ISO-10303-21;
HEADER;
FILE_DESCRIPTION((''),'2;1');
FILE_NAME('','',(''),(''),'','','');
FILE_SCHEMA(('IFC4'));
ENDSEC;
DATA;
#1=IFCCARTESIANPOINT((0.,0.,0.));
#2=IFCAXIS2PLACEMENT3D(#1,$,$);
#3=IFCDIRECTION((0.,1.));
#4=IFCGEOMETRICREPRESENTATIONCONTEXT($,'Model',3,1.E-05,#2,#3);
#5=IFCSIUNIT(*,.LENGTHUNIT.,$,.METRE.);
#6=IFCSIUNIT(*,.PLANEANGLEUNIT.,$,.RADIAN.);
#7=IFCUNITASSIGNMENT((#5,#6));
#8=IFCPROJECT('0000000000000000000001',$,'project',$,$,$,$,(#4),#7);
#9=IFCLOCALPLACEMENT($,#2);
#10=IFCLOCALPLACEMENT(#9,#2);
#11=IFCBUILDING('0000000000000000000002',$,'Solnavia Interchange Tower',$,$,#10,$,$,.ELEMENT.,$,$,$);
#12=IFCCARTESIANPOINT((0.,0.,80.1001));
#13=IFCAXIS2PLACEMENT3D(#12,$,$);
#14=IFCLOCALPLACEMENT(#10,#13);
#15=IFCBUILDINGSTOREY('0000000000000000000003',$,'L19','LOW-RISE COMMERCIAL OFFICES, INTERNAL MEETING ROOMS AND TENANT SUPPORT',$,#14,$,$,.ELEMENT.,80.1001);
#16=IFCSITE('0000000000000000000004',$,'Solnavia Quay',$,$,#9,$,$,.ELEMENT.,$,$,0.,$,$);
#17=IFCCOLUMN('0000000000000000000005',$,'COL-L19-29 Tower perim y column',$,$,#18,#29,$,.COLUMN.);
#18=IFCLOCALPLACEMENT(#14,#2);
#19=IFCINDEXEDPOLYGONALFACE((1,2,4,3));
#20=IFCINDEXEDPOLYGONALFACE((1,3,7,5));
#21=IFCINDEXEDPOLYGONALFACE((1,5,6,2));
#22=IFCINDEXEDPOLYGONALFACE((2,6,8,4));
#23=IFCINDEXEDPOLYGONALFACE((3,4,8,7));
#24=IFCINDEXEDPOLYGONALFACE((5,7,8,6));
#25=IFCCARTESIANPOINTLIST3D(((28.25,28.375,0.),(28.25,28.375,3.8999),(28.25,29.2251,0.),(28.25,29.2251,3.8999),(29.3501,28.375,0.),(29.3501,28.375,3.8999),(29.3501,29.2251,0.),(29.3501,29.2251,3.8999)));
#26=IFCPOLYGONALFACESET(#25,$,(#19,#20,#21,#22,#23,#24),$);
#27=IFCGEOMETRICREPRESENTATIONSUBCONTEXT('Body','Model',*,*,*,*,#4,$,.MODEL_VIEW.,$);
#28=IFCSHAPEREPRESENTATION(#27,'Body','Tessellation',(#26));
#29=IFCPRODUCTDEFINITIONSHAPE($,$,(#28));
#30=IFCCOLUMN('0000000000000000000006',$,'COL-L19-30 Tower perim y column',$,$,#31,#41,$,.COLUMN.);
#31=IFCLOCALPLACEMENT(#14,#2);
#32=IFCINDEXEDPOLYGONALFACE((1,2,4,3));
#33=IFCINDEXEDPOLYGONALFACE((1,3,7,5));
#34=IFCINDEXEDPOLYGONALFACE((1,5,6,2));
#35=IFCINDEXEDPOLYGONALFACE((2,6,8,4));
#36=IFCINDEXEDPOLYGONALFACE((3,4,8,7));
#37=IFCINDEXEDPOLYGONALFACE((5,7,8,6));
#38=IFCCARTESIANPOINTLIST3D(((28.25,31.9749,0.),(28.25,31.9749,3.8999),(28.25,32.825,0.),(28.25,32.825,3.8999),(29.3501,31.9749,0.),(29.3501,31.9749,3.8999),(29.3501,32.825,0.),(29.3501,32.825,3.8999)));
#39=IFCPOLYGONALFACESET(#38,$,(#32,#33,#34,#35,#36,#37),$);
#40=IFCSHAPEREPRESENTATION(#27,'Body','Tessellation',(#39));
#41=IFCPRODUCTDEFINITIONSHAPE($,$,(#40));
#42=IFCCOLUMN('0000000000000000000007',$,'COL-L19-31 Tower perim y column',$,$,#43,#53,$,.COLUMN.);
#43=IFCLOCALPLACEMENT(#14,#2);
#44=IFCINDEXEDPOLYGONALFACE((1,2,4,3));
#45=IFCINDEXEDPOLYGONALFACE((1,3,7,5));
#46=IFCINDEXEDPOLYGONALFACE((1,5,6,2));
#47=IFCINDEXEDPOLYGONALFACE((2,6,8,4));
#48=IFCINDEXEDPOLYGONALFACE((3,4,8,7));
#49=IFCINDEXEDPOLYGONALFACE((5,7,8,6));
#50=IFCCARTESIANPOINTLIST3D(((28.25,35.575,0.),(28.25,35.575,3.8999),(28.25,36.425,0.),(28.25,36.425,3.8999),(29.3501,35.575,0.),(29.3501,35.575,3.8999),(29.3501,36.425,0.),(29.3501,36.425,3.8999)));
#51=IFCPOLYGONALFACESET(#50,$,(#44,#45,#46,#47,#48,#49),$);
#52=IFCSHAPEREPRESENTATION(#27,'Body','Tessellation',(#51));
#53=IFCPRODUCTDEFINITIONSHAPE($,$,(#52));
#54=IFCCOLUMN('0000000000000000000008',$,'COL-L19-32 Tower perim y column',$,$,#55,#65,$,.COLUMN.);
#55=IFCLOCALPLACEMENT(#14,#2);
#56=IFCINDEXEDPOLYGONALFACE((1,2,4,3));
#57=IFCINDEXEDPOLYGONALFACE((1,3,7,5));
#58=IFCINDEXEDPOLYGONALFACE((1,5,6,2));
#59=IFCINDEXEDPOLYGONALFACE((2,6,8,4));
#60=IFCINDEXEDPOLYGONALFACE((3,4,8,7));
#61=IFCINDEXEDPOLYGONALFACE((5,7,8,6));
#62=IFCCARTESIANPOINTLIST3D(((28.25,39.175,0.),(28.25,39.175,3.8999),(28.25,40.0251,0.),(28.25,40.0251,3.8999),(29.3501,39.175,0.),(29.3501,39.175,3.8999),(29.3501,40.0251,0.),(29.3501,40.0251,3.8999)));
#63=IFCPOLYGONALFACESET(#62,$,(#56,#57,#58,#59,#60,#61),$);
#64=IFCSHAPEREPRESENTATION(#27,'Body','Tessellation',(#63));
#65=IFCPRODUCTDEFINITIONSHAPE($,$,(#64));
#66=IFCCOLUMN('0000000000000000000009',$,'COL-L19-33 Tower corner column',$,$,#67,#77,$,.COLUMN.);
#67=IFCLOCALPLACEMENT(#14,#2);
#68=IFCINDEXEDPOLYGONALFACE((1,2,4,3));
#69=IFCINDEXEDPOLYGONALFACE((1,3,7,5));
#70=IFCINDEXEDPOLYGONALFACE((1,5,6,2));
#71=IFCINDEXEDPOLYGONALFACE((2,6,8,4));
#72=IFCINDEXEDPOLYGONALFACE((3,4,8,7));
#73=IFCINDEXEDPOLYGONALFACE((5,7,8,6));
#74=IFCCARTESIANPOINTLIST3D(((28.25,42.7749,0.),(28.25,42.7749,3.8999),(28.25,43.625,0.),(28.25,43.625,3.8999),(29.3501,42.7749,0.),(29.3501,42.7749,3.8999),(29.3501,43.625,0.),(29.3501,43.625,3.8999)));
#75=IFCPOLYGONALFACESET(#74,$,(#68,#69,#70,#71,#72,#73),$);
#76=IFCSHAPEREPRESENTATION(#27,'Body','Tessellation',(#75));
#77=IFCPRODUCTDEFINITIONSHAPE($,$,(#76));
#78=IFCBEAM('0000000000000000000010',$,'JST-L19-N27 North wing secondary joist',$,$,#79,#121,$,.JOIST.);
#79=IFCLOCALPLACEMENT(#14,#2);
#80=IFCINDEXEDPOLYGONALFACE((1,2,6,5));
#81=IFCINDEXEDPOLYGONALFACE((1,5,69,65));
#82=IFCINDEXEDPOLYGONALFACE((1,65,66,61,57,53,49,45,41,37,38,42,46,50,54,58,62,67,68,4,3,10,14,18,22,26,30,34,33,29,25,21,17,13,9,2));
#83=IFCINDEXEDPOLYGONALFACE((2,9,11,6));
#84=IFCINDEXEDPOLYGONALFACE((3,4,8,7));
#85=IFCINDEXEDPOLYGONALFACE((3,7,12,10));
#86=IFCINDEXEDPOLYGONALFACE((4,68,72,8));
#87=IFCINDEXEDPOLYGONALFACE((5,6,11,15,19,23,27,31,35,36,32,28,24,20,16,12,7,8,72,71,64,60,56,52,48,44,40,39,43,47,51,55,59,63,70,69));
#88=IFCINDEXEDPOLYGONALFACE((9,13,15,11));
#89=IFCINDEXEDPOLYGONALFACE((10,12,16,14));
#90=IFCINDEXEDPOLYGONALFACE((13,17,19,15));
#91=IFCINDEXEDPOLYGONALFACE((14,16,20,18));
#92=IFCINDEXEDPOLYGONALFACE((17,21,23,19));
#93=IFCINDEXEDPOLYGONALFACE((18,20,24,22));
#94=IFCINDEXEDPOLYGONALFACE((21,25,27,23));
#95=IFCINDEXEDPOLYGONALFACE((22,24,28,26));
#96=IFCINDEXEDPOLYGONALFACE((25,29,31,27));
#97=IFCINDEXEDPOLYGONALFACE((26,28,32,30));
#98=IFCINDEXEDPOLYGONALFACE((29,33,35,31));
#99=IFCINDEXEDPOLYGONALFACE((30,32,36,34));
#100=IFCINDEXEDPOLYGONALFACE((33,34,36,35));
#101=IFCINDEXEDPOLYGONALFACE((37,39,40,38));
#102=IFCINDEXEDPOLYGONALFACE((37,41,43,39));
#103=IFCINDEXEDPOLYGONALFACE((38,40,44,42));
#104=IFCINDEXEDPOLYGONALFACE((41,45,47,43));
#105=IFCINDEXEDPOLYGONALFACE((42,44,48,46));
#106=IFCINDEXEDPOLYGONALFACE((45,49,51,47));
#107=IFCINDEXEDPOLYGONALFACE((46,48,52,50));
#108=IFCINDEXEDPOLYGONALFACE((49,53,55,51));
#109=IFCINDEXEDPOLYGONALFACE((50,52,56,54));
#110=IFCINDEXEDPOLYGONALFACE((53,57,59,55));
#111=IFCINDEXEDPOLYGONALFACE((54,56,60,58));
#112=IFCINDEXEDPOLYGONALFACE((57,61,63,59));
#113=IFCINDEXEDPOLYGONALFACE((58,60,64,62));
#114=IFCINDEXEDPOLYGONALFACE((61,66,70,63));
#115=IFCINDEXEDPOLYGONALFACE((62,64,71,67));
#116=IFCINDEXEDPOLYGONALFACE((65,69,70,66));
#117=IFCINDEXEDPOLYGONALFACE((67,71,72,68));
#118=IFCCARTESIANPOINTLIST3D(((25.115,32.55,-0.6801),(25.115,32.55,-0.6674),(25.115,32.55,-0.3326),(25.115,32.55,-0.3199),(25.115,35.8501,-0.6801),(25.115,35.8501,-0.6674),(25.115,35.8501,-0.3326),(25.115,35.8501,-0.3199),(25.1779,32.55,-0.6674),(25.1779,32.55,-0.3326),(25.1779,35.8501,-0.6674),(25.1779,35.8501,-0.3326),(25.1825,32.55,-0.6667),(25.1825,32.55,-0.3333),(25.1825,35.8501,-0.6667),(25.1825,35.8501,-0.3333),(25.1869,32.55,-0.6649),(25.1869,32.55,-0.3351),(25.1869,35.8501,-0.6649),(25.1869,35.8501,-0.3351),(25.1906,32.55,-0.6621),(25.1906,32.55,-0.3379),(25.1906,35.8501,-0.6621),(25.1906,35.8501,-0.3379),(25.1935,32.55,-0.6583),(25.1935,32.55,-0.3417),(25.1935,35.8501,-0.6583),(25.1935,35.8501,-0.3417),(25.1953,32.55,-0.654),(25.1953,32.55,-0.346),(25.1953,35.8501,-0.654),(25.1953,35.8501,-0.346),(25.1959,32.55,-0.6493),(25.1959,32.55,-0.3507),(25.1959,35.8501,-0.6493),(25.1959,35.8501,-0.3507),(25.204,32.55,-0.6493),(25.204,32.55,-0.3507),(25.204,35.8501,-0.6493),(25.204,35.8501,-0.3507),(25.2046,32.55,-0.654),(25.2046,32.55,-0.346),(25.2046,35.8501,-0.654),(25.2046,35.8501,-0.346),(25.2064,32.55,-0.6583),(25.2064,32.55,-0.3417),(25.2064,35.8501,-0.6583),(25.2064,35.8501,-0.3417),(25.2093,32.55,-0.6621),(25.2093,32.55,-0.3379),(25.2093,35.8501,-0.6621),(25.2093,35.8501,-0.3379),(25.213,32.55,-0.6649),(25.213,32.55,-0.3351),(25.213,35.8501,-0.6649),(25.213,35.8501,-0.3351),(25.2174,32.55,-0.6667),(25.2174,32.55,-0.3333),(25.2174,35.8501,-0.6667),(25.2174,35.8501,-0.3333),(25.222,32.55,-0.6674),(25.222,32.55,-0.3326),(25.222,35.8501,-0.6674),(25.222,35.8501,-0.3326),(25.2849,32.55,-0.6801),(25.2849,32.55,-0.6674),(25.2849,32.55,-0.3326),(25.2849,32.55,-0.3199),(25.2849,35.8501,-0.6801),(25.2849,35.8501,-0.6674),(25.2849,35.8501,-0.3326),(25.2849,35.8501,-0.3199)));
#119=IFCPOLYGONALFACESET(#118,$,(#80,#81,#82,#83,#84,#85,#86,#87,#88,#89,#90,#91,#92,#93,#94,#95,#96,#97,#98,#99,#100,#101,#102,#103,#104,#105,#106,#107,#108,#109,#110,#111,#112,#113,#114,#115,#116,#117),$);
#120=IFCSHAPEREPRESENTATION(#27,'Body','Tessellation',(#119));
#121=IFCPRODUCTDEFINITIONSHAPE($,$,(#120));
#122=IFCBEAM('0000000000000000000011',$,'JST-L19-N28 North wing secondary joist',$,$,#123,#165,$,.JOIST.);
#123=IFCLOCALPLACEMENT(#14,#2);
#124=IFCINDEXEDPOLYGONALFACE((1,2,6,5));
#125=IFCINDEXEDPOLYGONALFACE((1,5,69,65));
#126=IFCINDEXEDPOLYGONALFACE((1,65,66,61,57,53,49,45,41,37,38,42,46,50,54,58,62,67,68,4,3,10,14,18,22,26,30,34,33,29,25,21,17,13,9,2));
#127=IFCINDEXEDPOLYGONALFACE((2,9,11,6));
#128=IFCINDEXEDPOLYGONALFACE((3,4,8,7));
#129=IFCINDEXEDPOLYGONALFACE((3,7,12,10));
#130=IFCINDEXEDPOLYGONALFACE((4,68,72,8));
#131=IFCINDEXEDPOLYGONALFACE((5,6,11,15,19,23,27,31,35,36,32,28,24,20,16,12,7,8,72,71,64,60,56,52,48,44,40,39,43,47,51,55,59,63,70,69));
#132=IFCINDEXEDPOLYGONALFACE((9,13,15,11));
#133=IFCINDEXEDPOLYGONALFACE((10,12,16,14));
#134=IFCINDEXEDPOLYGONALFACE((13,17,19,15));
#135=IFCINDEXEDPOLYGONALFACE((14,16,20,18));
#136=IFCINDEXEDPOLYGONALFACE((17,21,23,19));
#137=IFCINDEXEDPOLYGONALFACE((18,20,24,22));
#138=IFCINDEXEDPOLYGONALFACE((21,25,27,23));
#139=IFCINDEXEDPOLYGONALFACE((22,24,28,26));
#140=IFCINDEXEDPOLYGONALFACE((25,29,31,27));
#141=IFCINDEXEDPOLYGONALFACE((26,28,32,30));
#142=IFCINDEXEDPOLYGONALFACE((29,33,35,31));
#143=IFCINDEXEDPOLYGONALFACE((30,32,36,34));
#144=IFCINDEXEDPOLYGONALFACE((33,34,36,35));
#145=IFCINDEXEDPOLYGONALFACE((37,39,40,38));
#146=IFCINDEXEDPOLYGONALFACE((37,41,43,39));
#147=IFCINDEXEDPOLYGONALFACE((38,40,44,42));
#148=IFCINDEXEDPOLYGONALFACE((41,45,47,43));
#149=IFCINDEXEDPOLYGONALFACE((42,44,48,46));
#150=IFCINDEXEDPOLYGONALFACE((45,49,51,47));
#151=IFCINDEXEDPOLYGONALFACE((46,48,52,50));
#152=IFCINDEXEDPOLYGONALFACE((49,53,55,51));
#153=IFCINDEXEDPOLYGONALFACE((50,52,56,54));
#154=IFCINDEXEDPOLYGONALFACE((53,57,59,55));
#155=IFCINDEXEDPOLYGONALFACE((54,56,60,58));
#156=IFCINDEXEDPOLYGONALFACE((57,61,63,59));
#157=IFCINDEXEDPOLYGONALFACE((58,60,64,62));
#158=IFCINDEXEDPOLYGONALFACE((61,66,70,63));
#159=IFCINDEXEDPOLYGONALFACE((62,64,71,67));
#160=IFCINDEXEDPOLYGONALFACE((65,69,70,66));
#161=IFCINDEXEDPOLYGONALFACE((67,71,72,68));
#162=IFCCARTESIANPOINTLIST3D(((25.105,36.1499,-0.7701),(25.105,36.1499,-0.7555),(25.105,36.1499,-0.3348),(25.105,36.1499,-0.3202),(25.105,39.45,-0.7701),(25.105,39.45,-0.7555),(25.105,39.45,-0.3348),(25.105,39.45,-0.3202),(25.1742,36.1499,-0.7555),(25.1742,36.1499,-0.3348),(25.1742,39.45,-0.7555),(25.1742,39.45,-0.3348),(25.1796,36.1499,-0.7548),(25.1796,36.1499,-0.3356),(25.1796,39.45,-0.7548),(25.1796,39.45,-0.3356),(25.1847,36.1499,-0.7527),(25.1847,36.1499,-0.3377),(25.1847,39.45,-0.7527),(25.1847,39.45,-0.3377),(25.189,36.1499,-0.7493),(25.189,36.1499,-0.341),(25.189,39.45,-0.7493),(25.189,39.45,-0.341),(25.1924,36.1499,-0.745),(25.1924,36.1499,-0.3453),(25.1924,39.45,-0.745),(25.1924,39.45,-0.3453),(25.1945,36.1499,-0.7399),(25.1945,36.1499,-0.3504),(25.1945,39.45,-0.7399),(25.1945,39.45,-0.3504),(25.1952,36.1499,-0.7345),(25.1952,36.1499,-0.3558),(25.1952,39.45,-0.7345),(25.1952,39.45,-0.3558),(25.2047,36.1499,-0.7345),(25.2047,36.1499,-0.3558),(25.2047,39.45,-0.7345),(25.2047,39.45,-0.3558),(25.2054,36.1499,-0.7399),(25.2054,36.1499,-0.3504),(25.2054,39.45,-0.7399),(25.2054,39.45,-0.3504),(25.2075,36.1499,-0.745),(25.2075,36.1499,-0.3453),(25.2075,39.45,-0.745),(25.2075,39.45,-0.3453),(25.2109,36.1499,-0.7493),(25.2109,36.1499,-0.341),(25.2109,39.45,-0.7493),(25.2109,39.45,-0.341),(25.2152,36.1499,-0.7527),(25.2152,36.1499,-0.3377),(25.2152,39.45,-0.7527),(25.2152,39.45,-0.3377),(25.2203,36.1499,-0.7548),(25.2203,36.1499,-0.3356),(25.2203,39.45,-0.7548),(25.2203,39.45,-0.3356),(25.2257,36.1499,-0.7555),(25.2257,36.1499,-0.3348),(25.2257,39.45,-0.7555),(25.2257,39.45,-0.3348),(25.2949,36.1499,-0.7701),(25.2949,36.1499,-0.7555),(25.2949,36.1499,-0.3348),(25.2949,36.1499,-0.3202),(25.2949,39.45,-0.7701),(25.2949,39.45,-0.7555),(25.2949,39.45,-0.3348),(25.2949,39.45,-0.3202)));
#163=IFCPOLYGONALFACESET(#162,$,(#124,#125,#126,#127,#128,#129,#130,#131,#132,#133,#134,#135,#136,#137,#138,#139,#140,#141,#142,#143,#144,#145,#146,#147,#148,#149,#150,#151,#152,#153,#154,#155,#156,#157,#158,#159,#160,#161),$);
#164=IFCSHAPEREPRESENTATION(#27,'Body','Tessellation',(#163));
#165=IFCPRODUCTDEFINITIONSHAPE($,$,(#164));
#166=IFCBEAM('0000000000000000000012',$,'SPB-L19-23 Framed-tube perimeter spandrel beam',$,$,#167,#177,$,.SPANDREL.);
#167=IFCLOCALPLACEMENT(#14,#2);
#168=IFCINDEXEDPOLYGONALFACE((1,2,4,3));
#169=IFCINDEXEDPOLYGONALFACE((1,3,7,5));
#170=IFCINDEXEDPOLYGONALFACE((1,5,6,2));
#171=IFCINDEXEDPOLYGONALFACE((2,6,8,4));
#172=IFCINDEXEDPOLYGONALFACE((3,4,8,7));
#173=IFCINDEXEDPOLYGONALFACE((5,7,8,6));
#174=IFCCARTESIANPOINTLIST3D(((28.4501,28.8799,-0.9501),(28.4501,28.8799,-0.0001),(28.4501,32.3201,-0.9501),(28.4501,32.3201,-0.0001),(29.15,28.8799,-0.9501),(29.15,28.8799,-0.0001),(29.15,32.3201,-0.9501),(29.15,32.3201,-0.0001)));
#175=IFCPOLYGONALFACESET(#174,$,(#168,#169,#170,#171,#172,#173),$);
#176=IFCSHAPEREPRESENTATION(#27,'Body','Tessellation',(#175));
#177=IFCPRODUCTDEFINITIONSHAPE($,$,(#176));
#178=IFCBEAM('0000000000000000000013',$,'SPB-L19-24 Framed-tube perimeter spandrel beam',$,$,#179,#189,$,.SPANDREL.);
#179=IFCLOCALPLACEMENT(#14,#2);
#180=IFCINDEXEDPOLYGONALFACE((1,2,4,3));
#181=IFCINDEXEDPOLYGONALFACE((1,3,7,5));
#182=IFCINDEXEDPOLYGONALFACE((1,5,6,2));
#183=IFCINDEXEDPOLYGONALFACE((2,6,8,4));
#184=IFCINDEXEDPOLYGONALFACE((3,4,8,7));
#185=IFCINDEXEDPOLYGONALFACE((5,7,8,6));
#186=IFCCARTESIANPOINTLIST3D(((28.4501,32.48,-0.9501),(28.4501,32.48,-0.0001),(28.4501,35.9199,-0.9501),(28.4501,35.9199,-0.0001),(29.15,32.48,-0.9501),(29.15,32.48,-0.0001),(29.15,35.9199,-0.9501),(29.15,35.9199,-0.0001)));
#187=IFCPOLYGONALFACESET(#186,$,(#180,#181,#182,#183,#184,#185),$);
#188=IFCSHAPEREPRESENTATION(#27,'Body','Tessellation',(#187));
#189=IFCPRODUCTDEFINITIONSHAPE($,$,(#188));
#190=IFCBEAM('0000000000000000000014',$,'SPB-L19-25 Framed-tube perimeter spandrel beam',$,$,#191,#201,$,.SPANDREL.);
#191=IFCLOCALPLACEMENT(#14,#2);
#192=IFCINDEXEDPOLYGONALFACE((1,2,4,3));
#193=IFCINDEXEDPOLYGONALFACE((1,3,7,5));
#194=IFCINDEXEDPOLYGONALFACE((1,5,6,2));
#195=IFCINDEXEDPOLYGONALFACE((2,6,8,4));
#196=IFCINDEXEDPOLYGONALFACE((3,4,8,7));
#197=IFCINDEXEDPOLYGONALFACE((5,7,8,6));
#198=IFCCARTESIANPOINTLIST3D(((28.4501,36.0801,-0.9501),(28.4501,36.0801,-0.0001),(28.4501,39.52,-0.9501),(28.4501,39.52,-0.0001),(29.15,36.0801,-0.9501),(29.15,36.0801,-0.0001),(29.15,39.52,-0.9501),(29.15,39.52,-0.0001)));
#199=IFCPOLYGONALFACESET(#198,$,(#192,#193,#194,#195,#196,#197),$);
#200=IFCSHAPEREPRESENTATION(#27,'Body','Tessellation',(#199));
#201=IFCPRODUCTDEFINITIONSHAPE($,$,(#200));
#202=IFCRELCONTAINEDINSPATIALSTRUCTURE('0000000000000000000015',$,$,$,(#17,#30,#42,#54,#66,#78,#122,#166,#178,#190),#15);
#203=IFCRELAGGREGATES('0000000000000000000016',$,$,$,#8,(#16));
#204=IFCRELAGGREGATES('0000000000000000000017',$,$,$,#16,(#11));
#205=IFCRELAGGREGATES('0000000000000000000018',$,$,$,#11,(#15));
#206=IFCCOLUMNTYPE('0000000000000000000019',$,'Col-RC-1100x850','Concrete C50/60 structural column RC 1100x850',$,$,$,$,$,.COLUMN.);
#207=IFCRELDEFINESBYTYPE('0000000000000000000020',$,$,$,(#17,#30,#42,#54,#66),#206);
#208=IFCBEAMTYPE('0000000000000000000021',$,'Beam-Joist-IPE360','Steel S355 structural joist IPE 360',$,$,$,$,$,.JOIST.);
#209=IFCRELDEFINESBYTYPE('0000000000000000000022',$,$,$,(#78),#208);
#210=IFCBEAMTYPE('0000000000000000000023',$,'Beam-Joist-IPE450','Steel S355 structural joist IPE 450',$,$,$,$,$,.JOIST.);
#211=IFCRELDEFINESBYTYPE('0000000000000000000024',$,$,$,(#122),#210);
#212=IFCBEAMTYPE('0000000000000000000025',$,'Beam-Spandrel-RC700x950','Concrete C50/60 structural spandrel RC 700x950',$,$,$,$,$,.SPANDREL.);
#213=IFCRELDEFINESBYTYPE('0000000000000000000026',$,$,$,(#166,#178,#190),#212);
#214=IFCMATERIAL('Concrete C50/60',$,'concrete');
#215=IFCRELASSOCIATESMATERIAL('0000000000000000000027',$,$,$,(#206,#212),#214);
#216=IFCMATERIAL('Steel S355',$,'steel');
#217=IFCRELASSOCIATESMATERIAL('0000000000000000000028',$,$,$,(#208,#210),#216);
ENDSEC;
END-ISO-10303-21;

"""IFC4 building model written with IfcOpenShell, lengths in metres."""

from ifc_helpers import new_model, si_unit, direction, frame, origin, origin_2d, place, context, subcontext, project, spatial, rectangle, i_section, extrude, material, material_profile, profile_set, type_object, element, save


model = new_model("IFC4")

# Units and contexts
model_context = context("Model", 3, precision=1e-05, world=origin(), true_north=direction((0.0, 1.0)))
body_context = subcontext(model_context, "Body", "Model", "MODEL_VIEW")
ifc_project = project(units=[si_unit("LENGTHUNIT", "METRE"), si_unit("PLANEANGLEUNIT", "RADIAN")], contexts=[model_context])

# Site, building, storey
site_placement = place(None, origin())
site = spatial("IfcSite", under=ifc_project, at=site_placement, Name="Solnavia Quay", CompositionType="ELEMENT", RefElevation=0.0)
building_placement = place(site_placement, origin())
building = spatial("IfcBuilding", under=site, at=building_placement, Name="Solnavia Interchange Tower", CompositionType="ELEMENT")
storey_placement = place(building_placement, frame((0.0, 0.0, 80.1001)))
storey = spatial("IfcBuildingStorey", under=building, at=storey_placement, Name="L19", Description="LOW-RISE COMMERCIAL OFFICES, INTERNAL MEETING ROOMS AND TENANT SUPPORT", CompositionType="ELEMENT", Elevation=80.1001)

# Columns
ifc_material_1 = material(Name="Concrete C50/60", Category="concrete")
ifc_material_profile_1 = material_profile(ifc_material_1, rectangle(XDim=0.8501, YDim=1.1001, at=origin_2d()), Name="RC 1100x850")
ifc_profile_set_1 = profile_set([ifc_material_profile_1], Name="Concrete C50/60")
column_type = type_object("IfcColumnType", Name="Col-RC-1100x850", Description="Concrete C50/60 structural column RC 1100x850", PredefinedType="COLUMN", material=ifc_profile_set_1)
for number, where, z_axis, x_axis, name in (
    (1, (28.8, 28.8, 0.0), (0.0, 0.0, 1.0), (0.0, 1.0, 0.0), "COL-L19-29 Tower perim y column"),
    (2, (28.8, 32.3999, 0.0), (0.0, 0.0, 1.0), (0.0, 1.0, 0.0), "COL-L19-30 Tower perim y column"),
    (3, (28.8, 36.0, 0.0), (0.0, 0.0, 1.0), (0.0, 1.0, 0.0), "COL-L19-31 Tower perim y column"),
    (4, (28.8, 39.6001, 0.0), (0.0, 0.0, 1.0), (0.0, 1.0, 0.0), "COL-L19-32 Tower perim y column"),
    (5, (28.8, 43.2, 0.0), (0.0, 0.0, 1.0), (0.0, 1.0, 0.0), "COL-L19-33 Tower corner column"),
):
    element("IfcColumn", number, at=place(storey_placement, frame(where, z_axis=z_axis, x_axis=x_axis)), inside=storey, type_object=column_type, Name=name, PredefinedType="COLUMN", context=body_context, shape_type="SweptSolid", body=[
        extrude(rectangle(XDim=0.8501, YDim=1.1001, at=origin_2d()), origin(), (0.0, 0.0, 1.0), 3.8999),
    ])

# Beams
ifc_material_2 = material(Name="Steel S355", Category="steel")
ifc_material_profile_2 = material_profile(ifc_material_2, i_section(OverallWidth=0.1699, OverallDepth=0.3601, WebThickness=0.0081, FlangeThickness=0.0127, FilletRadius=0.0181, at=origin_2d()), Name="IPE 360")
ifc_profile_set_2 = profile_set([ifc_material_profile_2], Name="Steel S355")
beam_type_1 = type_object("IfcBeamType", Name="Beam-Joist-IPE360", Description="Steel S355 structural joist IPE 360", PredefinedType="JOIST", material=ifc_profile_set_2)
beam_1_placement = place(storey_placement, frame((25.2, 32.55, -0.5), z_axis=(0.0, 1.0, 0.0), x_axis=(-1.0, 0.0, 0.0)))
element("IfcBeam", 6, at=beam_1_placement, inside=storey, type_object=beam_type_1, Name="JST-L19-N27 North wing secondary joist", PredefinedType="JOIST", context=body_context, shape_type="SweptSolid", body=[
    extrude(i_section(OverallWidth=0.1699, OverallDepth=0.3601, WebThickness=0.0081, FlangeThickness=0.0127, FilletRadius=0.0181, at=origin_2d()), origin(), (0.0, 0.0, 1.0), 3.3),
])
ifc_material_profile_3 = material_profile(ifc_material_2, i_section(OverallWidth=0.1899, OverallDepth=0.45, WebThickness=0.0095, FlangeThickness=0.0146, FilletRadius=0.021, at=origin_2d()), Name="IPE 450")
ifc_profile_set_3 = profile_set([ifc_material_profile_3], Name="Steel S355")
beam_type_2 = type_object("IfcBeamType", Name="Beam-Joist-IPE450", Description="Steel S355 structural joist IPE 450", PredefinedType="JOIST", material=ifc_profile_set_3)
beam_2_placement = place(storey_placement, frame((25.2, 36.1499, -0.5452), z_axis=(0.0, 1.0, 0.0), x_axis=(-1.0, 0.0, 0.0)))
element("IfcBeam", 7, at=beam_2_placement, inside=storey, type_object=beam_type_2, Name="JST-L19-N28 North wing secondary joist", PredefinedType="JOIST", context=body_context, shape_type="SweptSolid", body=[
    extrude(i_section(OverallWidth=0.1899, OverallDepth=0.45, WebThickness=0.0095, FlangeThickness=0.0146, FilletRadius=0.021, at=origin_2d()), origin(), (0.0, 0.0, 1.0), 3.3),
])
ifc_material_profile_4 = material_profile(ifc_material_1, rectangle(XDim=0.7, YDim=0.95, at=origin_2d()), Name="RC 700x950")
ifc_profile_set_4 = profile_set([ifc_material_profile_4], Name="Concrete C50/60")
beam_type_3 = type_object("IfcBeamType", Name="Beam-Spandrel-RC700x950", Description="Concrete C50/60 structural spandrel RC 700x950", PredefinedType="SPANDREL", material=ifc_profile_set_4)
beam_3_placement = place(storey_placement, frame((28.8, 28.8799, -0.4751), z_axis=(0.0, 1.0, 0.0), x_axis=(-1.0, 0.0, 0.0)))
element("IfcBeam", 8, at=beam_3_placement, inside=storey, type_object=beam_type_3, Name="SPB-L19-23 Framed-tube perimeter spandrel beam", PredefinedType="SPANDREL", context=body_context, shape_type="SweptSolid", body=[
    extrude(rectangle(XDim=0.7, YDim=0.95, at=origin_2d()), origin(), (0.0, 0.0, 1.0), 3.4402),
])
for number, where, z_axis, x_axis, name in (
    (9, (28.8, 32.48, -0.4751), (0.0, 1.0, 0.0), (-1.0, 0.0, 0.0), "SPB-L19-24 Framed-tube perimeter spandrel beam"),
    (10, (28.8, 36.0801, -0.4751), (0.0, 1.0, 0.0), (-1.0, 0.0, 0.0), "SPB-L19-25 Framed-tube perimeter spandrel beam"),
):
    element("IfcBeam", number, at=place(storey_placement, frame(where, z_axis=z_axis, x_axis=x_axis)), inside=storey, type_object=beam_type_3, Name=name, PredefinedType="SPANDREL", context=body_context, shape_type="SweptSolid", body=[
        extrude(rectangle(XDim=0.7, YDim=0.95, at=origin_2d()), origin(), (0.0, 0.0, 1.0), 3.4399),
    ])

save(model, "model.ifc")
